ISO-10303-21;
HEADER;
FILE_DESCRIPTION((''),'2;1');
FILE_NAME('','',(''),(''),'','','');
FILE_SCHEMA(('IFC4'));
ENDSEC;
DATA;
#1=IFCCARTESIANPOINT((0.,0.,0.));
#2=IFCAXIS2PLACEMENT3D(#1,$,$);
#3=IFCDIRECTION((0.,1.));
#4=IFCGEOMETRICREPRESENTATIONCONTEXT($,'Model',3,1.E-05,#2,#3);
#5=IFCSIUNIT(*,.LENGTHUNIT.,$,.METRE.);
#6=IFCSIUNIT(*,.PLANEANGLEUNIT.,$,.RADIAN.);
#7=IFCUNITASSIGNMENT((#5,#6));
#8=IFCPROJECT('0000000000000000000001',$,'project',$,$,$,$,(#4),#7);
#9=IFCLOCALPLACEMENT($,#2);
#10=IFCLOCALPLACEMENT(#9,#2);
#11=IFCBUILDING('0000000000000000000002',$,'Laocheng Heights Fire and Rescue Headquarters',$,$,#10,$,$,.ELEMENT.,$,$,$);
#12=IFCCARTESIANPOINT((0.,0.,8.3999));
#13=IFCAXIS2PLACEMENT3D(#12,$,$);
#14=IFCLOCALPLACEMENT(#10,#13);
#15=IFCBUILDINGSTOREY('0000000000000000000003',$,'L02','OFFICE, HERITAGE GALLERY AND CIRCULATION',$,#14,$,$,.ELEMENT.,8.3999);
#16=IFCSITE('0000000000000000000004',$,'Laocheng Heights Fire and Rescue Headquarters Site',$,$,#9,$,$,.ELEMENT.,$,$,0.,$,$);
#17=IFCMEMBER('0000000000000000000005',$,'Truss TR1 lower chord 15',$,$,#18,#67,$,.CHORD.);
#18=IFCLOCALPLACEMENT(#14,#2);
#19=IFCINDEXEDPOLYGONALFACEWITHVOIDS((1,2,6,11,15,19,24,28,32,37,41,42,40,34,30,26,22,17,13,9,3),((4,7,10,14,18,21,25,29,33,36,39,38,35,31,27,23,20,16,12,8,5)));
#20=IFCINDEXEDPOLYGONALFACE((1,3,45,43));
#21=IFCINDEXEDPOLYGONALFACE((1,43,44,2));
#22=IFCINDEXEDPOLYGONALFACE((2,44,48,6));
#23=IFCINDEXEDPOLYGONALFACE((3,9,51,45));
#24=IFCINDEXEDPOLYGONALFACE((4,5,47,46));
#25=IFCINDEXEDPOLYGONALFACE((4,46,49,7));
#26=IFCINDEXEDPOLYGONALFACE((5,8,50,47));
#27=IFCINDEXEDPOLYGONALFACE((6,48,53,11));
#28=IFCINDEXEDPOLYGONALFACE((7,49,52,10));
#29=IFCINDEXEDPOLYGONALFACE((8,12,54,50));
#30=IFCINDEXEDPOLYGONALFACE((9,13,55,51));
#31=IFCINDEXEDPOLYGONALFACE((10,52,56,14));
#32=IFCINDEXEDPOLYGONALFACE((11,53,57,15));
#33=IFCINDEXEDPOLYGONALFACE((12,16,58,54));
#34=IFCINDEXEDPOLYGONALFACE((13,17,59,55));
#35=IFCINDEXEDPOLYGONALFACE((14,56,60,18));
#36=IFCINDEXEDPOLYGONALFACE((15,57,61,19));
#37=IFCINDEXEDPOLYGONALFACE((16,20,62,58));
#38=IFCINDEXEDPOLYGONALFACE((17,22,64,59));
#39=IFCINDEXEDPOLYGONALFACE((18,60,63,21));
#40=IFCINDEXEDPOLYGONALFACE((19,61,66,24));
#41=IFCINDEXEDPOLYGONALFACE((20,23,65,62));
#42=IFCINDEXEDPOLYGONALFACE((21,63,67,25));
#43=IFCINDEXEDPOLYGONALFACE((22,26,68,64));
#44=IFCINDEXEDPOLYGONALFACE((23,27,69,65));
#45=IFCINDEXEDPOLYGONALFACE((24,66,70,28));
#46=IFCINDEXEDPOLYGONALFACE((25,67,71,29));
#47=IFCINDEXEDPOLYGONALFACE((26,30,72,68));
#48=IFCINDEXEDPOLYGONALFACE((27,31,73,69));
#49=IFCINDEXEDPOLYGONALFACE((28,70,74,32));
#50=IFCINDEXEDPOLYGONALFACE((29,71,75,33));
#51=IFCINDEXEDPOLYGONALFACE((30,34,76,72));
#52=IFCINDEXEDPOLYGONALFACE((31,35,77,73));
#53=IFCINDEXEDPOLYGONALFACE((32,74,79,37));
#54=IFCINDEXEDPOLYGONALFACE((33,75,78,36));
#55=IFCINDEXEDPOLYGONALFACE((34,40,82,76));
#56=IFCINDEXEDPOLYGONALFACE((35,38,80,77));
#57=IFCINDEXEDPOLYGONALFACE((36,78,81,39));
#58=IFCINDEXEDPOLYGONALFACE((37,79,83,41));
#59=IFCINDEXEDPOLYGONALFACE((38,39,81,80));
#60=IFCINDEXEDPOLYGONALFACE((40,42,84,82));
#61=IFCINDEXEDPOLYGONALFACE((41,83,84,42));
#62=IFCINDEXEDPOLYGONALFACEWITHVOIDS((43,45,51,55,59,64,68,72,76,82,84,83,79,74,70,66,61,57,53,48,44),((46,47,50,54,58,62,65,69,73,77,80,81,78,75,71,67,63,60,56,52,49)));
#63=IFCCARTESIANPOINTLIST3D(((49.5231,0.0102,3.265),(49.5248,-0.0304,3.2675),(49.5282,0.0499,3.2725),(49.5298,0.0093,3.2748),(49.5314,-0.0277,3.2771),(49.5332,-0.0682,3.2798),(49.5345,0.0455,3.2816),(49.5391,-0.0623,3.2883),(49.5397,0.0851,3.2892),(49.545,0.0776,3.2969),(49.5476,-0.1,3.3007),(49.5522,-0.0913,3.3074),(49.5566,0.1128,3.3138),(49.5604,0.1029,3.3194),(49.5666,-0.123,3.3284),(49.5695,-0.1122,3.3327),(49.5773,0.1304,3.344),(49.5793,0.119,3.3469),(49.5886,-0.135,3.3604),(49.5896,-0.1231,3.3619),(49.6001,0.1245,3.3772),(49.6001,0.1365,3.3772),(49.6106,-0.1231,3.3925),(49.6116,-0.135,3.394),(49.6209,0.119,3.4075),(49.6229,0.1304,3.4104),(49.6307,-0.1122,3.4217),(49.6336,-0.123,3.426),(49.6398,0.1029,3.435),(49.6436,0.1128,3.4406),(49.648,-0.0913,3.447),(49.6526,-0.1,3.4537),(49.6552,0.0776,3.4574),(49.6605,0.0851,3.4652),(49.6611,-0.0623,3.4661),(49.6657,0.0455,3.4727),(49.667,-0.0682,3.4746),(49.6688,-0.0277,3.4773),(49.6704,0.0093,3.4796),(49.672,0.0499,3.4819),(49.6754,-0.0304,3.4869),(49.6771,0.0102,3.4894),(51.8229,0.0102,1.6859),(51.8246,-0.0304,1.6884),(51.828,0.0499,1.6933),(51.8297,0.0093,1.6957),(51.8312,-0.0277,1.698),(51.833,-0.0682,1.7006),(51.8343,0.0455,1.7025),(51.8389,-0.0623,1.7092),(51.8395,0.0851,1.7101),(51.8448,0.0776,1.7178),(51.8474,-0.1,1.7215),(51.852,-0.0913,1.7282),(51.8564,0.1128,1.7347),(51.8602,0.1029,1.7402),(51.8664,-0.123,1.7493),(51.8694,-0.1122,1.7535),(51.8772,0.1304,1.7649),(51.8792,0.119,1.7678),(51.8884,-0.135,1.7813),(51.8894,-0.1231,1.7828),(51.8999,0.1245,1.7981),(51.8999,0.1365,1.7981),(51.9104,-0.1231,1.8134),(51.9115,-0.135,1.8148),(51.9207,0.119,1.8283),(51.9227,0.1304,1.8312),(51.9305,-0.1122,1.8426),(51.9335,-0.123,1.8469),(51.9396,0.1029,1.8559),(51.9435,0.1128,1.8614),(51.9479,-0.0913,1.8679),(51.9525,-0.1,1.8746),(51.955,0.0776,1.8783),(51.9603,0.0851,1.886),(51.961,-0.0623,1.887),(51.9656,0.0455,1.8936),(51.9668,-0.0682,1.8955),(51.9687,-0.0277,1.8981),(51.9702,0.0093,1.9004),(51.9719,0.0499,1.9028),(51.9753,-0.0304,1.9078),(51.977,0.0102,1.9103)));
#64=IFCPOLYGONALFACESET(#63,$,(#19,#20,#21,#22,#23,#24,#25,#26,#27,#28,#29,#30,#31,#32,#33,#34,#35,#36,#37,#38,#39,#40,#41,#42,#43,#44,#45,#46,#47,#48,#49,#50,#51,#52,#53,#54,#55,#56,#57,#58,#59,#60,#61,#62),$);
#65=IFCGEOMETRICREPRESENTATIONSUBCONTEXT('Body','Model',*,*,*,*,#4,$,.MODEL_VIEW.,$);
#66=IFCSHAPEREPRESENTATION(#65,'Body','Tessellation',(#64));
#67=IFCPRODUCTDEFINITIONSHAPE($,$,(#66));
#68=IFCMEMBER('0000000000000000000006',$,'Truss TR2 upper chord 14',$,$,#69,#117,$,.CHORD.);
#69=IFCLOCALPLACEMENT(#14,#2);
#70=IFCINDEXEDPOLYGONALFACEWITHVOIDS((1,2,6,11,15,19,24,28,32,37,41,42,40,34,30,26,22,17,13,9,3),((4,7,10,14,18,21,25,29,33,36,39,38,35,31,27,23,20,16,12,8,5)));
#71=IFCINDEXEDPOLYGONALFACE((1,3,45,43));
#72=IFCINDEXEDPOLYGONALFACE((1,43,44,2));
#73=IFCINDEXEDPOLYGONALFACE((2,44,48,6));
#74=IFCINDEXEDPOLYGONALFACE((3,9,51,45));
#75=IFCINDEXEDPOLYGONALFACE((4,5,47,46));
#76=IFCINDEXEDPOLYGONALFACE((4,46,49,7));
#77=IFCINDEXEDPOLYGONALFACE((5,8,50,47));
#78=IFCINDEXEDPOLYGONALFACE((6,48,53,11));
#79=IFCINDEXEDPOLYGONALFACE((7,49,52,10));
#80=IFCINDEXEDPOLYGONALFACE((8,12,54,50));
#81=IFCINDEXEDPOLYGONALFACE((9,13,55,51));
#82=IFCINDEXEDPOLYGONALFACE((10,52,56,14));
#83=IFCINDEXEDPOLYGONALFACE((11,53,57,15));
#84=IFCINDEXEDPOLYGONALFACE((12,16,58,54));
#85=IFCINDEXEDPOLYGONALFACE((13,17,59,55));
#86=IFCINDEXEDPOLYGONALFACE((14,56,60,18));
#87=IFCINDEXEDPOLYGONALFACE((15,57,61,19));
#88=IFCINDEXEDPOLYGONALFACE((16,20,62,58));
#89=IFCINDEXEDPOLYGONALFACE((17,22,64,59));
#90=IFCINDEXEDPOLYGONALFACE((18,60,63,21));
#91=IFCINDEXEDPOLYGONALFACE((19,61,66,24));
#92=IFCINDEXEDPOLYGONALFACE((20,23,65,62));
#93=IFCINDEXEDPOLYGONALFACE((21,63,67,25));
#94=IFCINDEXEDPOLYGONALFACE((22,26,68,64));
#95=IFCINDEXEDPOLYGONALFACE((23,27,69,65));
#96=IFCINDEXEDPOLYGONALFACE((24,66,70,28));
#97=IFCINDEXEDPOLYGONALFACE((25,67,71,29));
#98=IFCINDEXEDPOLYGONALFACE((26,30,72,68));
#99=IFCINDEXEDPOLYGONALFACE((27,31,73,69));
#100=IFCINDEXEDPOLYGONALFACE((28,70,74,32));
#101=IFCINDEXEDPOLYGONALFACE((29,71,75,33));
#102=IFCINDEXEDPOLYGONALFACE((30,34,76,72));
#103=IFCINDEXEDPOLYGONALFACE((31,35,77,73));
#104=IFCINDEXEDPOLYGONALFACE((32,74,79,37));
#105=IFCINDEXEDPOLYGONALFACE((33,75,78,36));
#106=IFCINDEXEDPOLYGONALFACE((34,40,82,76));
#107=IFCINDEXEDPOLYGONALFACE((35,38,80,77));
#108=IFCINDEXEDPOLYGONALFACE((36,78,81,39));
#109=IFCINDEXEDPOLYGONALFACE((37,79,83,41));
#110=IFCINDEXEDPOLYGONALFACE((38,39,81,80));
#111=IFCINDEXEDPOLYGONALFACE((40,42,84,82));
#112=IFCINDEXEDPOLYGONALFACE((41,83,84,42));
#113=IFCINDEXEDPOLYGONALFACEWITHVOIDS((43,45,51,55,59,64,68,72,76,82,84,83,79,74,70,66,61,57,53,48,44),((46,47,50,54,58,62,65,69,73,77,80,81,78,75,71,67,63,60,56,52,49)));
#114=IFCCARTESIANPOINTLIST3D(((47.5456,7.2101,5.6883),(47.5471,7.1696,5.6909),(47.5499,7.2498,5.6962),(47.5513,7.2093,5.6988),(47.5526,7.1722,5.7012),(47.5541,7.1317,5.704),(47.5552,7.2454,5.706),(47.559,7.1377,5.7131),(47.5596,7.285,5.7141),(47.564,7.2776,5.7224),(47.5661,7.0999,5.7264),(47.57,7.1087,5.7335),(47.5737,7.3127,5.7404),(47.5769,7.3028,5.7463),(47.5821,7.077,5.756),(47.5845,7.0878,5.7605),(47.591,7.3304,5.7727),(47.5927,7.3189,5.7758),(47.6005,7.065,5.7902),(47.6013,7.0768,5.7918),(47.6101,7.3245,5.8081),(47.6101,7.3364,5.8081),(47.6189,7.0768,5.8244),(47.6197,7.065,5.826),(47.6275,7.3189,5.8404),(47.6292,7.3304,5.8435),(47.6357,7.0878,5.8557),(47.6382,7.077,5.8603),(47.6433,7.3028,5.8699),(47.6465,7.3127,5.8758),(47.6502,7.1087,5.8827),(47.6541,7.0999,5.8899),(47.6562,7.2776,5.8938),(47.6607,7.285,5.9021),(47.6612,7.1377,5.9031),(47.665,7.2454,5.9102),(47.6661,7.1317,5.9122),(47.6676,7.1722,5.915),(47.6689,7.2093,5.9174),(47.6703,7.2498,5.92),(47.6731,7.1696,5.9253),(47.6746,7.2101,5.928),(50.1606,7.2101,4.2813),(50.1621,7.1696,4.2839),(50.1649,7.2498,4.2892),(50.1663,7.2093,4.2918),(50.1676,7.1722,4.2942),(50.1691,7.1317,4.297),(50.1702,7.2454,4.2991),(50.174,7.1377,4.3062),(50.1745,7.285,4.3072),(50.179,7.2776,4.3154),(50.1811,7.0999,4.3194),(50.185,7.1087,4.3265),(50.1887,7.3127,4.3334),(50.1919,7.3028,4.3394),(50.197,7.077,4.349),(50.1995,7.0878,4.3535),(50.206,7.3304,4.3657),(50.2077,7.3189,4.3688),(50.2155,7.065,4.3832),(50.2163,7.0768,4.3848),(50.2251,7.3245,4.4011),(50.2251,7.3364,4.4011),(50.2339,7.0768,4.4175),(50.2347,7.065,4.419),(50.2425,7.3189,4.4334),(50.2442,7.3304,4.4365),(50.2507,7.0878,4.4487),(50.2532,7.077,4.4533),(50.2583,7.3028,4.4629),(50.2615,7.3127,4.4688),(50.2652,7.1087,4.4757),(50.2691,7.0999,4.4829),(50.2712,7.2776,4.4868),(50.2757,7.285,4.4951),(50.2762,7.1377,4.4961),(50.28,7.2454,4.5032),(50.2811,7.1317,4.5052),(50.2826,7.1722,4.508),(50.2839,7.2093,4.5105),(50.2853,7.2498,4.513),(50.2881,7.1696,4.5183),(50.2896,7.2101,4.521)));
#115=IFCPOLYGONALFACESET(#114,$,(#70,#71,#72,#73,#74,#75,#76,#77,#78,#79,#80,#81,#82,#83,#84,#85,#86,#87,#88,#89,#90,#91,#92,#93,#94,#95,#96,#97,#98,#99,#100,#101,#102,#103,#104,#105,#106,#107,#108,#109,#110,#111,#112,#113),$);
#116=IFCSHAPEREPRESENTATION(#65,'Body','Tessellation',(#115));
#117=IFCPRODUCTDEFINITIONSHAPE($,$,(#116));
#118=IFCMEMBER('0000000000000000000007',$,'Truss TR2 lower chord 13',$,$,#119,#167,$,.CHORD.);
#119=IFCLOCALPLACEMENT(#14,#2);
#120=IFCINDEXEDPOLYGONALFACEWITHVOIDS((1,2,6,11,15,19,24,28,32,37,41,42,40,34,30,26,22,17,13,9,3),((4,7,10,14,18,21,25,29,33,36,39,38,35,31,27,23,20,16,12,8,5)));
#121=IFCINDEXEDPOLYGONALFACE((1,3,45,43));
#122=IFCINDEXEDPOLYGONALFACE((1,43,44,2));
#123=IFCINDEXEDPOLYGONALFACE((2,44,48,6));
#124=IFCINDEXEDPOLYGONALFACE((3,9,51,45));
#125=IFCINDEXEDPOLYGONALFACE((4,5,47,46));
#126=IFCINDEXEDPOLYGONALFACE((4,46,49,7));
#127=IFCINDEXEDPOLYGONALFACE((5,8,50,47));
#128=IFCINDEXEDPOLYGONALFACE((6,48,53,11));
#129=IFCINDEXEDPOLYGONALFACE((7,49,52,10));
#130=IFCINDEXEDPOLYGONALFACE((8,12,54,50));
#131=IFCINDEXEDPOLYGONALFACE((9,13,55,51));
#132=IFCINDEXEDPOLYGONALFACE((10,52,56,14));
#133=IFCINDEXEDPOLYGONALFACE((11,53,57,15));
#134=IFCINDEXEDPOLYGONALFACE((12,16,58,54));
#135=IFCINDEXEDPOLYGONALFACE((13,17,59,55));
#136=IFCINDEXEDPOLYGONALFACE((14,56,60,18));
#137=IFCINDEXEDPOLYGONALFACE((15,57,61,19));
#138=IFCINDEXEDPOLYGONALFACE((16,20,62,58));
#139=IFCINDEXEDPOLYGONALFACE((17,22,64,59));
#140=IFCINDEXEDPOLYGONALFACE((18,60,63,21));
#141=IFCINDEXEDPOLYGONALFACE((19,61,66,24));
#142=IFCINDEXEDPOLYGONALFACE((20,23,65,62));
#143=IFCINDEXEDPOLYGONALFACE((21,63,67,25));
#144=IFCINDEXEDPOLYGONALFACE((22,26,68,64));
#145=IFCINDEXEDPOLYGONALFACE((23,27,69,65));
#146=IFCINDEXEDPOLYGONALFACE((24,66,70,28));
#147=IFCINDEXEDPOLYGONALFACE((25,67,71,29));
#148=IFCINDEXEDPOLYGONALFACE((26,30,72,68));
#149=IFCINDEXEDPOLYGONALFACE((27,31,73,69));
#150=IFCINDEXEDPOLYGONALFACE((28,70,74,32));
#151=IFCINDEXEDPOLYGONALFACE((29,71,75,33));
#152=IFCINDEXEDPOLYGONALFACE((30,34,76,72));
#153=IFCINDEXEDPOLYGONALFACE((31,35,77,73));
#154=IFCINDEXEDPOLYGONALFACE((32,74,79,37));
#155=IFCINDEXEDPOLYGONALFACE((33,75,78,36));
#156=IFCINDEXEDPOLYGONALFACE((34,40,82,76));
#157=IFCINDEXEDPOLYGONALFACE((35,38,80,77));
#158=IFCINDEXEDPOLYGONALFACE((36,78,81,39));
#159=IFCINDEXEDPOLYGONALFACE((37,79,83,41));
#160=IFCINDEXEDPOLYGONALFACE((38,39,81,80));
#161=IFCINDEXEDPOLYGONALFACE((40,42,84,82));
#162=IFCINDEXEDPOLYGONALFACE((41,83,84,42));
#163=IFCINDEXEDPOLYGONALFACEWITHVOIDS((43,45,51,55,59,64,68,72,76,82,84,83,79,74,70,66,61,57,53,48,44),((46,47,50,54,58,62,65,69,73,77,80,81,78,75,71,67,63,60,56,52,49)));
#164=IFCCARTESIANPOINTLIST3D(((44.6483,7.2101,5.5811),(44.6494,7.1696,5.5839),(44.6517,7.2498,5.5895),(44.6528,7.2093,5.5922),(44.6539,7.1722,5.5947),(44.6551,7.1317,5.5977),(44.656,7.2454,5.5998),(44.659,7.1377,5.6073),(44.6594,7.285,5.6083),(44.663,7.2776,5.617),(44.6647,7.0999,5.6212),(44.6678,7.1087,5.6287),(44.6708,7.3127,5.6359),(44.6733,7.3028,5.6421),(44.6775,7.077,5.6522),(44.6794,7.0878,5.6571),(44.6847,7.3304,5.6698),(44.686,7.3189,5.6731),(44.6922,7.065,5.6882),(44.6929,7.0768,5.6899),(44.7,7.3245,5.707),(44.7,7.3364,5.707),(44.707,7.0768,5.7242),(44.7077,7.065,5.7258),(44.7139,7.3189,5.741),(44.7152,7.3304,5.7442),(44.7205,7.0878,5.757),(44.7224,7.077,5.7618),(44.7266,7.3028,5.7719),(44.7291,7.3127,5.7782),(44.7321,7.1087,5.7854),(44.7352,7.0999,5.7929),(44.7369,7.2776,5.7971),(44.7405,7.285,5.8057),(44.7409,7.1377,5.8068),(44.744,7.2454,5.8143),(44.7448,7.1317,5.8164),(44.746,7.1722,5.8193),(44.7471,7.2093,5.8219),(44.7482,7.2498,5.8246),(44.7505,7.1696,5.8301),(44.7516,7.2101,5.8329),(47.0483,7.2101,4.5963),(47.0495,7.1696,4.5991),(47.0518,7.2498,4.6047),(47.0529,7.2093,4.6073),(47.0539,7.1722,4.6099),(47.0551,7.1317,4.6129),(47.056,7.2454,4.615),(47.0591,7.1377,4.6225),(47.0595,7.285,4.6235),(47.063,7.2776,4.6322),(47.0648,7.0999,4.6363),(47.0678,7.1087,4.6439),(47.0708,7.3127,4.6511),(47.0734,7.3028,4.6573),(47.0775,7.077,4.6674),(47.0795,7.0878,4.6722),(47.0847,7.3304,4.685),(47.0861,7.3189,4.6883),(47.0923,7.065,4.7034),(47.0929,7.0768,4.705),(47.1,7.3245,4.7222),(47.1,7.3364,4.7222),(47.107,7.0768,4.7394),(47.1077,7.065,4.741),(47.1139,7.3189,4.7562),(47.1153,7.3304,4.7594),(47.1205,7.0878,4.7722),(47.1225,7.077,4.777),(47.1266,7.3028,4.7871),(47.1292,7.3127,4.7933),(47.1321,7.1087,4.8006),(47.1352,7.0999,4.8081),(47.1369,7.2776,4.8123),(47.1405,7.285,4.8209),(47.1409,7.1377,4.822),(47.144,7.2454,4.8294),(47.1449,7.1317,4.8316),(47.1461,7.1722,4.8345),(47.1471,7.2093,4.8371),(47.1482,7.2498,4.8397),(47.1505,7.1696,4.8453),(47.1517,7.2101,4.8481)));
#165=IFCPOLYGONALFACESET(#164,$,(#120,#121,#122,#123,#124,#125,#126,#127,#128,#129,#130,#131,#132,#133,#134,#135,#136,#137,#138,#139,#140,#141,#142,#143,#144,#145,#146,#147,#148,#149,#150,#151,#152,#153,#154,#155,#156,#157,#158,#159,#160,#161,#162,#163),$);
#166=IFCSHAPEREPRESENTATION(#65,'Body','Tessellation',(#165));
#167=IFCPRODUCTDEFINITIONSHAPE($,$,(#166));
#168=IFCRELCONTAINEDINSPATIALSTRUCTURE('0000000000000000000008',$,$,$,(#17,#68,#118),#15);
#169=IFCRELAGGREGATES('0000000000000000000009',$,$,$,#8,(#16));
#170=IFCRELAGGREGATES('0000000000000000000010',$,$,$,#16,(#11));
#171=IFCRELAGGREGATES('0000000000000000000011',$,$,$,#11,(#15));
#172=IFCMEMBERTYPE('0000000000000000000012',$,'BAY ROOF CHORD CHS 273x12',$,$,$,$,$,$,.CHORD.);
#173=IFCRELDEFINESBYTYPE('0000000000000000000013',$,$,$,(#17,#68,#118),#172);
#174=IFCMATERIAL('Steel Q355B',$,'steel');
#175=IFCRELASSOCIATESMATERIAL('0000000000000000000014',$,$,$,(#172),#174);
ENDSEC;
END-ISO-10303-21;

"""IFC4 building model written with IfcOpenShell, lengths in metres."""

from ifc_helpers import new_model, si_unit, direction, frame, origin, origin_2d, place, context, subcontext, project, spatial, hollow_circle, extrude, material, material_profile, profile_set, type_object, element, save


model = new_model("IFC4")

# Units and contexts
model_context = context("Model", 3, precision=1e-05, world=origin(), true_north=direction((0.0, 1.0)))
body_context = subcontext(model_context, "Body", "Model", "MODEL_VIEW")
ifc_project = project(units=[si_unit("LENGTHUNIT", "METRE"), si_unit("PLANEANGLEUNIT", "RADIAN")], contexts=[model_context])

# Site, building, storey
site_placement = place(None, origin())
site = spatial("IfcSite", under=ifc_project, at=site_placement, Name="Laocheng Heights Fire and Rescue Headquarters Site", CompositionType="ELEMENT", RefElevation=0.0)
building_placement = place(site_placement, origin())
building = spatial("IfcBuilding", under=site, at=building_placement, Name="Laocheng Heights Fire and Rescue Headquarters", CompositionType="ELEMENT")
storey_placement = place(building_placement, frame((0.0, 0.0, 8.3999)))
storey = spatial("IfcBuildingStorey", under=building, at=storey_placement, Name="L02", Description="OFFICE, HERITAGE GALLERY AND CIRCULATION", CompositionType="ELEMENT", Elevation=8.3999)

# Members
ifc_material_1 = material(Name="Steel Q355B", Category="steel")
ifc_material_profile_1 = material_profile(ifc_material_1, hollow_circle(Radius=0.1365, WallThickness=0.012, at=origin_2d()), Name="CHS 273x12")
ifc_profile_set_1 = profile_set([ifc_material_profile_1], Name="Steel Q355B")
member_type_1 = type_object("IfcMemberType", Name="BAY ROOF CHORD CHS 273x12", PredefinedType="CHORD", material=ifc_profile_set_1)
member_1_placement = place(storey_placement, frame((49.6001, 0.0, 3.3772), z_axis=(0.824379, 0.0, -0.566038), x_axis=(0.0, 1.0, 0.0)))
element("IfcMember", 1, at=member_1_placement, inside=storey, type_object=member_type_1, Name="Truss TR1 lower chord 15", PredefinedType="CHORD", context=body_context, shape_type="SweptSolid", body=[
    extrude(hollow_circle(Radius=0.1365, WallThickness=0.012, at=origin_2d()), origin(), (0.0, 0.0, 1.0), 2.7898),
])
member_2_placement = place(storey_placement, frame((47.6101, 7.2, 5.8081), z_axis=(0.880624, 0.0, -0.473815), x_axis=(0.0, 1.0, 0.0)))
element("IfcMember", 2, at=member_2_placement, inside=storey, type_object=member_type_1, Name="Truss TR2 upper chord 14", PredefinedType="CHORD", context=body_context, shape_type="SweptSolid", body=[
    extrude(hollow_circle(Radius=0.1365, WallThickness=0.012, at=origin_2d()), origin(), (0.0, 0.0, 1.0), 2.9695),
])
member_3_placement = place(storey_placement, frame((44.7, 7.2, 5.707), z_axis=(0.925143, 0.0, -0.379618), x_axis=(0.0, 1.0, 0.0)))
element("IfcMember", 3, at=member_3_placement, inside=storey, type_object=member_type_1, Name="Truss TR2 lower chord 13", PredefinedType="CHORD", context=body_context, shape_type="SweptSolid", body=[
    extrude(hollow_circle(Radius=0.1365, WallThickness=0.012, at=origin_2d()), origin(), (0.0, 0.0, 1.0), 2.5942),
])

save(model, "model.ifc")
